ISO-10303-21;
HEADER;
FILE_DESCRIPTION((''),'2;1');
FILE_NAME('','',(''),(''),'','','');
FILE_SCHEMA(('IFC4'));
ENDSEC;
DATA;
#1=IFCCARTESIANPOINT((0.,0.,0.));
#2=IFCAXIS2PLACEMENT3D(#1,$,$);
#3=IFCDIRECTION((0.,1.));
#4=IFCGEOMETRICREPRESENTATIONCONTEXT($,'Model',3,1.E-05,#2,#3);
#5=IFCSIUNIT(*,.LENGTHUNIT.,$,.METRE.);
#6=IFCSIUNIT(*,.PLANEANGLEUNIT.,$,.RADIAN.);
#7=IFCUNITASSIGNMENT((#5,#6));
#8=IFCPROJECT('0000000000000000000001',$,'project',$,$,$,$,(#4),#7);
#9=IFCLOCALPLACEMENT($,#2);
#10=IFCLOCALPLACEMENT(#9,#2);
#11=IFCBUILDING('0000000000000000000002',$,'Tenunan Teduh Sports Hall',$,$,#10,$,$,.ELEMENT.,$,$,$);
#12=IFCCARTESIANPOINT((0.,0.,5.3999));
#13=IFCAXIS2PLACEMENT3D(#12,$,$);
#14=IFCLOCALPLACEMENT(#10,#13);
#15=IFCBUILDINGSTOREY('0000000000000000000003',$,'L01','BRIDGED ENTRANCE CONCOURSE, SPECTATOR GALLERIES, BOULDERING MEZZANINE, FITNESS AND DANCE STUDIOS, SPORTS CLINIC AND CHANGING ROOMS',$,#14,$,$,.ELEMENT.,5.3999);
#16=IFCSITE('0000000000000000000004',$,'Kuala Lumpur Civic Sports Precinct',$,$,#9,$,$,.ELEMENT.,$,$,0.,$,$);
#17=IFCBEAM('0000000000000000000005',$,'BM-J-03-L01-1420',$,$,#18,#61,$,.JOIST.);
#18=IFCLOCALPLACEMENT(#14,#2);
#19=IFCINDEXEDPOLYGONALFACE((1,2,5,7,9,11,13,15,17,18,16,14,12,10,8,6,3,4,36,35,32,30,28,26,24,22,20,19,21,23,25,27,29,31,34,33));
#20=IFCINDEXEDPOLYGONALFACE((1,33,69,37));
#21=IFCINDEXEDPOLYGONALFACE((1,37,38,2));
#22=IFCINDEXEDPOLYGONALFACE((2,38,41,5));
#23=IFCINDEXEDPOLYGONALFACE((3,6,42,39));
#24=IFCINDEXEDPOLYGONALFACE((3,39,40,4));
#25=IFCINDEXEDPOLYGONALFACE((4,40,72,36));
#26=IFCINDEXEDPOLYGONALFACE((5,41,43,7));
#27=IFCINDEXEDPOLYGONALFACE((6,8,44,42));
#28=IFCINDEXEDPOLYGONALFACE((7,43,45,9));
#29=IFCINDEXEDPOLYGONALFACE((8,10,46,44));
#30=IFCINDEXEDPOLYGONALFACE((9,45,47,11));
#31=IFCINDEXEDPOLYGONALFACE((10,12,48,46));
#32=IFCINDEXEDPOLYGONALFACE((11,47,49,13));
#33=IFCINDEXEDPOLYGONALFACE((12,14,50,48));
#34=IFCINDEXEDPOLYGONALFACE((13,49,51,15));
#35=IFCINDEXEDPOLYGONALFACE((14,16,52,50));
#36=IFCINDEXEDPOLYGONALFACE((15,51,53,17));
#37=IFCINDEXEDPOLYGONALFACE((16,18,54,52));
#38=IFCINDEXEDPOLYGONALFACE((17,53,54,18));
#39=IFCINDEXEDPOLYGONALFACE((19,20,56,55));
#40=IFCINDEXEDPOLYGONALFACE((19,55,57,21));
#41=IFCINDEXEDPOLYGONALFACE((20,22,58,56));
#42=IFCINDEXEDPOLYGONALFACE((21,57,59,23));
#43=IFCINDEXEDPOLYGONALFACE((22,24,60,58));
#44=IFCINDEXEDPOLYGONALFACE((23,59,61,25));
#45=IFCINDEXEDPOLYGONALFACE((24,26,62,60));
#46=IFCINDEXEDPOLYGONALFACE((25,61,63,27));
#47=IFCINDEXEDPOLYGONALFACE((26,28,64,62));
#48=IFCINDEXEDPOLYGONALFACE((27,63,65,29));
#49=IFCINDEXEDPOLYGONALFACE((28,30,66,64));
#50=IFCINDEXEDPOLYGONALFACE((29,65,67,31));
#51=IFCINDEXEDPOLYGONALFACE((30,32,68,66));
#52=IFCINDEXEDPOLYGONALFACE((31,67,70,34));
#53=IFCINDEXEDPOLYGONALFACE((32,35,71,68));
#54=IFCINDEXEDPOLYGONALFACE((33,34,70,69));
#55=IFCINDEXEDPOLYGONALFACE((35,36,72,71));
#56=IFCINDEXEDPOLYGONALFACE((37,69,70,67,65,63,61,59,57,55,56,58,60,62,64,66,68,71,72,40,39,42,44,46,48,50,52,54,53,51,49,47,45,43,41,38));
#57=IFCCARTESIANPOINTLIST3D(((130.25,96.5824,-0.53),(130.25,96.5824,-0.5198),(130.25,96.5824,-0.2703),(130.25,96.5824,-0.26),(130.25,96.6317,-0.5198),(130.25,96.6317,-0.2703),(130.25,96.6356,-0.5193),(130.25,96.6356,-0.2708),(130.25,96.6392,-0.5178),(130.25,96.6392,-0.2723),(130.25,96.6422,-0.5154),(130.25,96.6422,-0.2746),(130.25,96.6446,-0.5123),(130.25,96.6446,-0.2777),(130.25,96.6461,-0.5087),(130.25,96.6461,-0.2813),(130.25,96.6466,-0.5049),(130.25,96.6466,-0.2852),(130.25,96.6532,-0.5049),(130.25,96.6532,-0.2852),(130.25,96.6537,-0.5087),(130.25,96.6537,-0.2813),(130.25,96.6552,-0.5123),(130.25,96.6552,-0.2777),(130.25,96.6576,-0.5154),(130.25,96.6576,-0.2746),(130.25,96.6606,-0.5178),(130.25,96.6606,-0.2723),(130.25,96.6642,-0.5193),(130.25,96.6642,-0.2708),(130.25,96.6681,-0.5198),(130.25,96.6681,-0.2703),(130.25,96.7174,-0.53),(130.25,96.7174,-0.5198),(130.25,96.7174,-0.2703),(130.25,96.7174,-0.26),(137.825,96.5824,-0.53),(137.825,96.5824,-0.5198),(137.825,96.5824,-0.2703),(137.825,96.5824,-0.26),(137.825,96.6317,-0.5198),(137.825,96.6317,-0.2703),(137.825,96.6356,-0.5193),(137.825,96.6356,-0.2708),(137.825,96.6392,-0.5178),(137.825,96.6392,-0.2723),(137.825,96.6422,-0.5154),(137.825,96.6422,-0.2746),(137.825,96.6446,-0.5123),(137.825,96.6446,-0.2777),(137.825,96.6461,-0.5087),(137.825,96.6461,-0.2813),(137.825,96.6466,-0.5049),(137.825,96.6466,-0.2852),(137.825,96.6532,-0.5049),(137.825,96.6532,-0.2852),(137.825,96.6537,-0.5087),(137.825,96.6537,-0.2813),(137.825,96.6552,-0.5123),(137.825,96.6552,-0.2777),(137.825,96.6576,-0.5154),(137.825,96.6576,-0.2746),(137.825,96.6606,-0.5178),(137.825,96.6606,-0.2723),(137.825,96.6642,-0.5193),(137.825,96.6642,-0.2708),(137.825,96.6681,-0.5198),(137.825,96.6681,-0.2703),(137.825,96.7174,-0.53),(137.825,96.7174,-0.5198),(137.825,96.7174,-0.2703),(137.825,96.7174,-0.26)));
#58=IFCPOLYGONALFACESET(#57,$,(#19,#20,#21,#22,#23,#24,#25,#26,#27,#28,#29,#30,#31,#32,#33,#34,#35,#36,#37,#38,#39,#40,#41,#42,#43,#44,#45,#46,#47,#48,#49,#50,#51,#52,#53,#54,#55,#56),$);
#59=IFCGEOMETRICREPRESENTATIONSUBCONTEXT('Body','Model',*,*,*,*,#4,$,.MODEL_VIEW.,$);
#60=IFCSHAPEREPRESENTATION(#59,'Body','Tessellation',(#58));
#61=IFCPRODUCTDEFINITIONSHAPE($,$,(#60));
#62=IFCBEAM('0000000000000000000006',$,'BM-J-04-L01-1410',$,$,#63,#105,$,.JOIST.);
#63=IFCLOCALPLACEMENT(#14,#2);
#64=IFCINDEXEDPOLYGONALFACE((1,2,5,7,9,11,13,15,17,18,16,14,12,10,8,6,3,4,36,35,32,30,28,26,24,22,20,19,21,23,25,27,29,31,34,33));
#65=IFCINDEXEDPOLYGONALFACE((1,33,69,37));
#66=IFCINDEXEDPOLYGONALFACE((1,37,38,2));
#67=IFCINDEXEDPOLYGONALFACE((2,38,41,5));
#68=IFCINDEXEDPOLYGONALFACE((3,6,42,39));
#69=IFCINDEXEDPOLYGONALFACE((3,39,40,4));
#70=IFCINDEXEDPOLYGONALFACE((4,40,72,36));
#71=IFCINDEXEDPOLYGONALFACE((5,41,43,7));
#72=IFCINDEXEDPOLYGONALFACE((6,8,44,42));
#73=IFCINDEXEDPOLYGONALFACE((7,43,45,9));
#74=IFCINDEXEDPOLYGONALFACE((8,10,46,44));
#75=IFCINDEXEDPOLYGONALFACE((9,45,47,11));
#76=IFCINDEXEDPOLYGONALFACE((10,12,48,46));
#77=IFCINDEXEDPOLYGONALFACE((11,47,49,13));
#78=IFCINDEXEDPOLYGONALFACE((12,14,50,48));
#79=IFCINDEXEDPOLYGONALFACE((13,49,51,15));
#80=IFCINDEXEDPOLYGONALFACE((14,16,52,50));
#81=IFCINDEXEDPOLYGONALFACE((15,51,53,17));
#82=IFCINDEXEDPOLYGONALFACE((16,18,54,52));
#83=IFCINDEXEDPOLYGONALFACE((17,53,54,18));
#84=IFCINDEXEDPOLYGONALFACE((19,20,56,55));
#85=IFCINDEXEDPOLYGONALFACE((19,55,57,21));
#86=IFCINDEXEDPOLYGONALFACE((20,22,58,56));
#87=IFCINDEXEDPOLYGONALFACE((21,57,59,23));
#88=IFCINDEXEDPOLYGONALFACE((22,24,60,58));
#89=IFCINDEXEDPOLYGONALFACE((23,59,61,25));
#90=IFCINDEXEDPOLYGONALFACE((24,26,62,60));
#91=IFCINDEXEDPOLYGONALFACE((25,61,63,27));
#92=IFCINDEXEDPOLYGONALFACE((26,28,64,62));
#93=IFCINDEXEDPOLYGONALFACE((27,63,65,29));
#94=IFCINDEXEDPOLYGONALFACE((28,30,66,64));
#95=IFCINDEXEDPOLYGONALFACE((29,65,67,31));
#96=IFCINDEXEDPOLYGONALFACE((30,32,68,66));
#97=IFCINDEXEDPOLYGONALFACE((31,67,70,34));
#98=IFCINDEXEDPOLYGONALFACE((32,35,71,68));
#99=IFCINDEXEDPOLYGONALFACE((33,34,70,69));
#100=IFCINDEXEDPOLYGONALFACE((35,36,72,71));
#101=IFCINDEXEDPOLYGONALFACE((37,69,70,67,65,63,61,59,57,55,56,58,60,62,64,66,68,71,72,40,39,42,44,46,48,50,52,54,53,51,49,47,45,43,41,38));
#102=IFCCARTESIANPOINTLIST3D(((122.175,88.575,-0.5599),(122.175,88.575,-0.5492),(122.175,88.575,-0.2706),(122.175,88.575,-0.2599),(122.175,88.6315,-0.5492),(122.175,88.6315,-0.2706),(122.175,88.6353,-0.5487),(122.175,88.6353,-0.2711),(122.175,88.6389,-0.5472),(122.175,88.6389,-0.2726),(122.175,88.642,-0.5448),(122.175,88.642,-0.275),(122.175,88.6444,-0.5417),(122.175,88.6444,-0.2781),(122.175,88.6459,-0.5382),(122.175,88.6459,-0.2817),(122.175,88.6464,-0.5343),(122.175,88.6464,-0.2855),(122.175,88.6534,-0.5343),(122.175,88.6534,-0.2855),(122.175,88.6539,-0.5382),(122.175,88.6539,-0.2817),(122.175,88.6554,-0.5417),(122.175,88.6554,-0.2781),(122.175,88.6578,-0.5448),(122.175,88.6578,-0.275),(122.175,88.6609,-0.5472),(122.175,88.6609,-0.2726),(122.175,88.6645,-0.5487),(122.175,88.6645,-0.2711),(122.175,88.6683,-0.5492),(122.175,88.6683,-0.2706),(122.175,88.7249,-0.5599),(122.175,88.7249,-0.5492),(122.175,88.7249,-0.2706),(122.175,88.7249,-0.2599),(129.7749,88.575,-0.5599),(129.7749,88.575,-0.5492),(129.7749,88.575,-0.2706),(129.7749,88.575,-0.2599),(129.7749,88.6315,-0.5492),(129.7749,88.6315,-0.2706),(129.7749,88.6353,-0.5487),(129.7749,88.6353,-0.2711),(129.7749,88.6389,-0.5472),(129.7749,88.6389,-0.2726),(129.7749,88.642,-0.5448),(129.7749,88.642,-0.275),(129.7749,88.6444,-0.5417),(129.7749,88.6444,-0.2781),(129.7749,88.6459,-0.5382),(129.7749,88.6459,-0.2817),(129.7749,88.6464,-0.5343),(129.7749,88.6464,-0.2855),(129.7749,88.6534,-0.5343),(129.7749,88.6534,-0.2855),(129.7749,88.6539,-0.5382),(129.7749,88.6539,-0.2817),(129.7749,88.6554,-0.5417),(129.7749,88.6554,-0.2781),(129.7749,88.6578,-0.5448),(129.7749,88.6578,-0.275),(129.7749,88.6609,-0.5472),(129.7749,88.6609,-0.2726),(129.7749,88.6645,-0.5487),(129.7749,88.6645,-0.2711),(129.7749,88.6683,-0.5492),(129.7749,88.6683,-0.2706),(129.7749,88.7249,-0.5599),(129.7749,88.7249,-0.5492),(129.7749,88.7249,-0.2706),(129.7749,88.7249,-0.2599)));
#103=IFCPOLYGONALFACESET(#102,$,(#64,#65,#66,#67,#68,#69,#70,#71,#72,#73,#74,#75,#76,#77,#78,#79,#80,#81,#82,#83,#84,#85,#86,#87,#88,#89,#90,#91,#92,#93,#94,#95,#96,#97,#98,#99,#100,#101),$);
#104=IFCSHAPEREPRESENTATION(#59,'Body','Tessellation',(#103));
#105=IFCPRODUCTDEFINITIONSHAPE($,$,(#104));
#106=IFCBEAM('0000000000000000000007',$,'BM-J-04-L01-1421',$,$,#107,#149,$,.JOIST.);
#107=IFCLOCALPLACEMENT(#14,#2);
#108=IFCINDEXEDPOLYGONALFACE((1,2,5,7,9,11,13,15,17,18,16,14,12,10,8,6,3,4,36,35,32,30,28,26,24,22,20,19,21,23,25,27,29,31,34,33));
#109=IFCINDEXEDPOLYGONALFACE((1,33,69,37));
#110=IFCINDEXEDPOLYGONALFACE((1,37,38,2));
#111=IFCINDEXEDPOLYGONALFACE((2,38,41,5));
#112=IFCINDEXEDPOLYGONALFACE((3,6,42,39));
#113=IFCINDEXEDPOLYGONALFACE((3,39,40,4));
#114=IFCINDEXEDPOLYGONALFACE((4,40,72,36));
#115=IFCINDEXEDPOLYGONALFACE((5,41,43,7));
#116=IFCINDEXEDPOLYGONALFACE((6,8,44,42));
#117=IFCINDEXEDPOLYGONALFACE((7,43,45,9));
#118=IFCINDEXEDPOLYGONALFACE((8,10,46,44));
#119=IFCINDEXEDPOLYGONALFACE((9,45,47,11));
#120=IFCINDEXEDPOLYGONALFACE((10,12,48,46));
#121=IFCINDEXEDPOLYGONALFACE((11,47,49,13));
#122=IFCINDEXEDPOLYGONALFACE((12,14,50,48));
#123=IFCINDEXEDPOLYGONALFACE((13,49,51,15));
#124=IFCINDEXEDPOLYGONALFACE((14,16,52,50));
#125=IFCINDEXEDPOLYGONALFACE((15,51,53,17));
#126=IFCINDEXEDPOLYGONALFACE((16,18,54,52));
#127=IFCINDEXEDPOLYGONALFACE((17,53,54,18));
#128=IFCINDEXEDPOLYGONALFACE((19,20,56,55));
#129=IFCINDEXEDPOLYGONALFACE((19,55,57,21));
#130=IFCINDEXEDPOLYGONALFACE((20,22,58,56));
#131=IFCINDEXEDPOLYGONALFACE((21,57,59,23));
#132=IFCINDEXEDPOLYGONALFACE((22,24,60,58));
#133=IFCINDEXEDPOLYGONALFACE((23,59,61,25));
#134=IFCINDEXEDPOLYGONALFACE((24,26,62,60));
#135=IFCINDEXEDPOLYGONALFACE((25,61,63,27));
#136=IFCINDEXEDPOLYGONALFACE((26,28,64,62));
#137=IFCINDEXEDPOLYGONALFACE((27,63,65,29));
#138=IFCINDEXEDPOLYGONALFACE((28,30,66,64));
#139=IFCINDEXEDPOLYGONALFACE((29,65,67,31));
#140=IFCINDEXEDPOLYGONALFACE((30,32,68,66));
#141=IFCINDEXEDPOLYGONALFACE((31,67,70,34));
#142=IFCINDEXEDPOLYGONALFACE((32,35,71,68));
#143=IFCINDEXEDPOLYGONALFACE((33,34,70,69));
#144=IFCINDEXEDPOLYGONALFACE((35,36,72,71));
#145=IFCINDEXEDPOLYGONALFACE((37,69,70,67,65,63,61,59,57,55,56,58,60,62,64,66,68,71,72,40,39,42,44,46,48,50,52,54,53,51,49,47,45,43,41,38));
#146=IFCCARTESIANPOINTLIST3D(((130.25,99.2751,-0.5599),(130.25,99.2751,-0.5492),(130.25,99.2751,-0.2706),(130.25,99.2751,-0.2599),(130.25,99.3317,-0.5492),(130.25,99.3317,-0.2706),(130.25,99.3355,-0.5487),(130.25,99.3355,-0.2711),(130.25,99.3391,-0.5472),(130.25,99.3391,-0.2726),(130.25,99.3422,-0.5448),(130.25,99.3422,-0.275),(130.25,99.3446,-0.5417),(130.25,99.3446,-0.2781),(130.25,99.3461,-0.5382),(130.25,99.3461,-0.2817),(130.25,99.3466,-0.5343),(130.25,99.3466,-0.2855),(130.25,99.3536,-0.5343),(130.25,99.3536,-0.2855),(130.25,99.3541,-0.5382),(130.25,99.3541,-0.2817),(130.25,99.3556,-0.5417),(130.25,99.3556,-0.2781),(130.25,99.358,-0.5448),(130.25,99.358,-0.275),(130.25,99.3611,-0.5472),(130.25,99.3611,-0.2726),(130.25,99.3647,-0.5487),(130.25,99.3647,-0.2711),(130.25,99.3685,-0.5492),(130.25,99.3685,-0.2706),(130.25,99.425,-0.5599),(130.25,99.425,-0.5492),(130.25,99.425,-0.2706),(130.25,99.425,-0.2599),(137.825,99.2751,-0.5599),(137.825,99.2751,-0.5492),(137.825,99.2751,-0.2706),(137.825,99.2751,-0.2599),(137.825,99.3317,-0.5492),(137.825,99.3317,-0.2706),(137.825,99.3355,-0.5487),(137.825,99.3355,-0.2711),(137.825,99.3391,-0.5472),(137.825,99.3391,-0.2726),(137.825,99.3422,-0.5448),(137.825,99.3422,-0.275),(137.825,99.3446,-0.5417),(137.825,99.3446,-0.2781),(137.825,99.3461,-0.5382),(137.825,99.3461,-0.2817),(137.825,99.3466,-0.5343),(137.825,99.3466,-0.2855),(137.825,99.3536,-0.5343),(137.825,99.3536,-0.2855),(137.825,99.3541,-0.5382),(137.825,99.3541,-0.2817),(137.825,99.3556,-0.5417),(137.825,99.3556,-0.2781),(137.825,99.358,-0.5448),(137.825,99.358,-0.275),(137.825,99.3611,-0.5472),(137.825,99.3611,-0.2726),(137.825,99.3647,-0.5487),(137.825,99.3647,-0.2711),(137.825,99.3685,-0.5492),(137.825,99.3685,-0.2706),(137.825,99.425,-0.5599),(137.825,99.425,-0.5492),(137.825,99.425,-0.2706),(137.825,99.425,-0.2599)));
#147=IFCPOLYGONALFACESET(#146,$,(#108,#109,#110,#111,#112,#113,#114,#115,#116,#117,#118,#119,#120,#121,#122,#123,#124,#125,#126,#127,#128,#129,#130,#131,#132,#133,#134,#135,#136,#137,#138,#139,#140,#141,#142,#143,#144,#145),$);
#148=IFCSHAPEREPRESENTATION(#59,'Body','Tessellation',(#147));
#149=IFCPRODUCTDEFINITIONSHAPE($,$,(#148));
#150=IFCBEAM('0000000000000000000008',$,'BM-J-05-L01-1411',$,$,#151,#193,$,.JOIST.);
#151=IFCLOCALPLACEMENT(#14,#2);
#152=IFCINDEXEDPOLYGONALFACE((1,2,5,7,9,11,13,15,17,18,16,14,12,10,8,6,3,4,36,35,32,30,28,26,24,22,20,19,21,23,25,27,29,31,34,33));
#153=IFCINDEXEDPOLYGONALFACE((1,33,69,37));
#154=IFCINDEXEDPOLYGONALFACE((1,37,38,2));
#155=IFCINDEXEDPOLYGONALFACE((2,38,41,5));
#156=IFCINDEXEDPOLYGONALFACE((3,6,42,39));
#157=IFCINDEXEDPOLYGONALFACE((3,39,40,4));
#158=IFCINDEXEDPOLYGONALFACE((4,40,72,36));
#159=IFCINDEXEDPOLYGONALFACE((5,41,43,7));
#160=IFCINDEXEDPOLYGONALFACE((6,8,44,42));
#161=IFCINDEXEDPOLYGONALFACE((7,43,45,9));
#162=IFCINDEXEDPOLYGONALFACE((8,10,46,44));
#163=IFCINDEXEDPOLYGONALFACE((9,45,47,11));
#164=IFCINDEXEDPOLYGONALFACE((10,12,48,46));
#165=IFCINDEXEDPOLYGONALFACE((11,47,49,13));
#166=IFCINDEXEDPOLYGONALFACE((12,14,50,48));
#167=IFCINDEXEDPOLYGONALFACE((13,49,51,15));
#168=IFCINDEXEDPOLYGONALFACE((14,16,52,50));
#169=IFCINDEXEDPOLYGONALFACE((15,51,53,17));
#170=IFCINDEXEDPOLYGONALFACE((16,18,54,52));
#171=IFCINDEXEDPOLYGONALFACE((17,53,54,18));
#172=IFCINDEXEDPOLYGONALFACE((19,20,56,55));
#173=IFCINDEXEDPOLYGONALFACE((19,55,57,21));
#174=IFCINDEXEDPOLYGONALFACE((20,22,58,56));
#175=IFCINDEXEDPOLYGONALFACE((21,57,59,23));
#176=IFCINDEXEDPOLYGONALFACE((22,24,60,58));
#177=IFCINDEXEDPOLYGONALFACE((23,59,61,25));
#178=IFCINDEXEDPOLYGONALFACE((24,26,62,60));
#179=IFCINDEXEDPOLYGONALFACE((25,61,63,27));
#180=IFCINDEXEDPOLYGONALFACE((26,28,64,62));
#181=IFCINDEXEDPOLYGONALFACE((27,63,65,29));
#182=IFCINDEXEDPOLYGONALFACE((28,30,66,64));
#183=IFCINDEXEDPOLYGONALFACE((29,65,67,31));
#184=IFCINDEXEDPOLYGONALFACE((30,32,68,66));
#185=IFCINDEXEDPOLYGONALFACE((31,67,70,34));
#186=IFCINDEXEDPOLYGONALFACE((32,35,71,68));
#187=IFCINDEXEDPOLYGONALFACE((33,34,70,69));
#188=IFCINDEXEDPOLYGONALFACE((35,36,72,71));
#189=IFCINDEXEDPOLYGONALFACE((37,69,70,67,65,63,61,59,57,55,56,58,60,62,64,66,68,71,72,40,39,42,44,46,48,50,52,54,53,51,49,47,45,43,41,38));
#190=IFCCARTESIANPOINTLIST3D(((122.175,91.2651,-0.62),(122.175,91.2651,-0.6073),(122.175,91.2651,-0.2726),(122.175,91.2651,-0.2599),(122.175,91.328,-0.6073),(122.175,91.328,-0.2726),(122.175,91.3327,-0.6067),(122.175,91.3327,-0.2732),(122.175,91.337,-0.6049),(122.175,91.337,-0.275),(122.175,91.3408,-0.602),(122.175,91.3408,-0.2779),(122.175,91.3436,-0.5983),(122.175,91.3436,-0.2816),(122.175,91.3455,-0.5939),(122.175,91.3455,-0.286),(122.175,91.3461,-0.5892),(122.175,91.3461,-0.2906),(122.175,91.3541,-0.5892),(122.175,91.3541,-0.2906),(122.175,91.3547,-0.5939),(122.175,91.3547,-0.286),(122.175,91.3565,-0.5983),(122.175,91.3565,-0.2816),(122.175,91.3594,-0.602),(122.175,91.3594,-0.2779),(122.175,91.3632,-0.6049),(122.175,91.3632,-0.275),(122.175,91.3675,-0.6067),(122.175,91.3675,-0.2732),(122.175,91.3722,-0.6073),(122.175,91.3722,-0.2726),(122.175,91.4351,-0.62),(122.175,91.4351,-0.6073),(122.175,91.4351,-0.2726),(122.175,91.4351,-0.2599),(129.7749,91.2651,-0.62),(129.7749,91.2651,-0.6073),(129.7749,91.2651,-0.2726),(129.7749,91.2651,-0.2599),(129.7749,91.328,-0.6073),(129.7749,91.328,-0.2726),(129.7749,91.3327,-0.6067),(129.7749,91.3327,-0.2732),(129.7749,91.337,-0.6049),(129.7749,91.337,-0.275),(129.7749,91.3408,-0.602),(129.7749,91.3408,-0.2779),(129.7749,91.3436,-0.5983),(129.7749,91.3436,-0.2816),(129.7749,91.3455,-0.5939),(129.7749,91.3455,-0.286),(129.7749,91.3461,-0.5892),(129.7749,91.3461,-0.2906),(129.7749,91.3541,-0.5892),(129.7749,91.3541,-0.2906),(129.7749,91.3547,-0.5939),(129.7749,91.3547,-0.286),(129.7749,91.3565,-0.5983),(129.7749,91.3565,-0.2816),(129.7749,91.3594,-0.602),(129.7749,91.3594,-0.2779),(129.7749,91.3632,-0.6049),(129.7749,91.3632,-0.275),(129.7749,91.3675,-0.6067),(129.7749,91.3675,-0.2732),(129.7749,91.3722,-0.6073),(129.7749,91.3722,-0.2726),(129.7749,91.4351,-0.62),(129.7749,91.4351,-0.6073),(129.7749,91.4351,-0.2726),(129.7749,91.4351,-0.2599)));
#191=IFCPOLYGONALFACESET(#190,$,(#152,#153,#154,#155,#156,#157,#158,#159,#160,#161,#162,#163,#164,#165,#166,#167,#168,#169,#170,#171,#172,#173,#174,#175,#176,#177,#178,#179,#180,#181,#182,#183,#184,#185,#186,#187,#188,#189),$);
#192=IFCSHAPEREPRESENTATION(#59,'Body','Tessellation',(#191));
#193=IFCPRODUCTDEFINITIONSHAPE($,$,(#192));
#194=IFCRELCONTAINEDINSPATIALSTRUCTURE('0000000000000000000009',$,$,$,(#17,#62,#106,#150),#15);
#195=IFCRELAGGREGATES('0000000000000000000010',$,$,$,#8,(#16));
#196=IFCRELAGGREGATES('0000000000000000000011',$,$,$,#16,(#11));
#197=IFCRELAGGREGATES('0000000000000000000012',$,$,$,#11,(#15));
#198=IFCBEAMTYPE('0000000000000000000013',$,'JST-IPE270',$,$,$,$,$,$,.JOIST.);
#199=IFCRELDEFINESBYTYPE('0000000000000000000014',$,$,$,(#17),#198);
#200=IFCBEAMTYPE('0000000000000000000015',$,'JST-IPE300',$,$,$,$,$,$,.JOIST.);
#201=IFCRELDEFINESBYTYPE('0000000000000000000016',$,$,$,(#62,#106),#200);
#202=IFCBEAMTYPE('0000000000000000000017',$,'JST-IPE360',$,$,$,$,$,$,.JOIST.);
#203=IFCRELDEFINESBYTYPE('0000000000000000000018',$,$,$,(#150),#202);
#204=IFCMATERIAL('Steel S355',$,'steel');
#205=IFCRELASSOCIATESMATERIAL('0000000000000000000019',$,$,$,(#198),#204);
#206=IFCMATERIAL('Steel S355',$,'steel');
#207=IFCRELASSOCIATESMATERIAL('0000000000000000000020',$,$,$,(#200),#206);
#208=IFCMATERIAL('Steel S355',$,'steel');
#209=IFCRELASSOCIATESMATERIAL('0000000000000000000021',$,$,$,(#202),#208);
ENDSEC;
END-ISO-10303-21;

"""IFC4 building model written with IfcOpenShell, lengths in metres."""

from ifc_helpers import new_model, si_unit, direction, frame, origin, origin_2d, place, context, subcontext, project, spatial, i_section, extrude, material, material_profile, profile_set, type_object, element, save


model = new_model("IFC4")

# Units and contexts
model_context = context("Model", 3, precision=1e-05, world=origin(), true_north=direction((0.0, 1.0)))
body_context = subcontext(model_context, "Body", "Model", "MODEL_VIEW")
ifc_project = project(units=[si_unit("LENGTHUNIT", "METRE"), si_unit("PLANEANGLEUNIT", "RADIAN")], contexts=[model_context])

# Site, building, storey
site_placement = place(None, origin())
site = spatial("IfcSite", under=ifc_project, at=site_placement, Name="Kuala Lumpur Civic Sports Precinct", CompositionType="ELEMENT", RefElevation=0.0)
building_placement = place(site_placement, origin())
building = spatial("IfcBuilding", under=site, at=building_placement, Name="Tenunan Teduh Sports Hall", CompositionType="ELEMENT")
storey_placement = place(building_placement, frame((0.0, 0.0, 5.3999)))
storey = spatial("IfcBuildingStorey", under=building, at=storey_placement, Name="L01", Description="BRIDGED ENTRANCE CONCOURSE, SPECTATOR GALLERIES, BOULDERING MEZZANINE, FITNESS AND DANCE STUDIOS, SPORTS CLINIC AND CHANGING ROOMS", CompositionType="ELEMENT", Elevation=5.3999)

# Beams
ifc_material_1 = material(Name="Steel S355", Category="steel")
ifc_material_profile_1 = material_profile(ifc_material_1, i_section(OverallWidth=0.135, OverallDepth=0.27, WebThickness=0.0066, FlangeThickness=0.0103, FilletRadius=0.0149, at=origin_2d()), Name="IPE 270")
ifc_profile_set_1 = profile_set([ifc_material_profile_1], Name="Steel S355")
beam_type_1 = type_object("IfcBeamType", Name="JST-IPE270", PredefinedType="JOIST", material=ifc_profile_set_1)
beam_1_placement = place(storey_placement, frame((130.25, 96.6499, -0.395), z_axis=(1.0, 0.0, 0.0), x_axis=(0.0, 1.0, 0.0)))
element("IfcBeam", 1, at=beam_1_placement, inside=storey, type_object=beam_type_1, Name="BM-J-03-L01-1420", PredefinedType="JOIST", context=body_context, shape_type="SweptSolid", body=[
    extrude(i_section(OverallWidth=0.135, OverallDepth=0.27, WebThickness=0.0066, FlangeThickness=0.0103, FilletRadius=0.0149, at=origin_2d()), origin(), (0.0, 0.0, 1.0), 7.575),
])
ifc_material_2 = material(Name="Steel S355", Category="steel")
ifc_material_profile_2 = material_profile(ifc_material_2, i_section(OverallWidth=0.1499, OverallDepth=0.3, WebThickness=0.0071, FlangeThickness=0.0107, FilletRadius=0.0149, at=origin_2d()), Name="IPE 300")
ifc_profile_set_2 = profile_set([ifc_material_profile_2], Name="Steel S355")
beam_type_2 = type_object("IfcBeamType", Name="JST-IPE300", PredefinedType="JOIST", material=ifc_profile_set_2)
beam_2_placement = place(storey_placement, frame((122.175, 88.6499, -0.4099), z_axis=(1.0, 0.0, 0.0), x_axis=(0.0, 1.0, 0.0)))
element("IfcBeam", 2, at=beam_2_placement, inside=storey, type_object=beam_type_2, Name="BM-J-04-L01-1410", PredefinedType="JOIST", context=body_context, shape_type="SweptSolid", body=[
    extrude(i_section(OverallWidth=0.1499, OverallDepth=0.3, WebThickness=0.0071, FlangeThickness=0.0107, FilletRadius=0.0149, at=origin_2d()), origin(), (0.0, 0.0, 1.0), 7.5999),
])
beam_3_placement = place(storey_placement, frame((130.25, 99.3501, -0.4099), z_axis=(1.0, 0.0, 0.0), x_axis=(0.0, 1.0, 0.0)))
element("IfcBeam", 3, at=beam_3_placement, inside=storey, type_object=beam_type_2, Name="BM-J-04-L01-1421", PredefinedType="JOIST", context=body_context, shape_type="SweptSolid", body=[
    extrude(i_section(OverallWidth=0.1499, OverallDepth=0.3, WebThickness=0.0071, FlangeThickness=0.0107, FilletRadius=0.0149, at=origin_2d()), origin(), (0.0, 0.0, 1.0), 7.575),
])
ifc_material_3 = material(Name="Steel S355", Category="steel")
ifc_material_profile_3 = material_profile(ifc_material_3, i_section(OverallWidth=0.1699, OverallDepth=0.3601, WebThickness=0.0081, FlangeThickness=0.0127, FilletRadius=0.0181, at=origin_2d()), Name="IPE 360")
ifc_profile_set_3 = profile_set([ifc_material_profile_3], Name="Steel S355")
beam_type_3 = type_object("IfcBeamType", Name="JST-IPE360", PredefinedType="JOIST", material=ifc_profile_set_3)
beam_4_placement = place(storey_placement, frame((122.175, 91.3501, -0.4399), z_axis=(1.0, 0.0, 0.0), x_axis=(0.0, 1.0, 0.0)))
element("IfcBeam", 4, at=beam_4_placement, inside=storey, type_object=beam_type_3, Name="BM-J-05-L01-1411", PredefinedType="JOIST", context=body_context, shape_type="SweptSolid", body=[
    extrude(i_section(OverallWidth=0.1699, OverallDepth=0.3601, WebThickness=0.0081, FlangeThickness=0.0127, FilletRadius=0.0181, at=origin_2d()), origin(), (0.0, 0.0, 1.0), 7.5999),
])

save(model, "model.ifc")
